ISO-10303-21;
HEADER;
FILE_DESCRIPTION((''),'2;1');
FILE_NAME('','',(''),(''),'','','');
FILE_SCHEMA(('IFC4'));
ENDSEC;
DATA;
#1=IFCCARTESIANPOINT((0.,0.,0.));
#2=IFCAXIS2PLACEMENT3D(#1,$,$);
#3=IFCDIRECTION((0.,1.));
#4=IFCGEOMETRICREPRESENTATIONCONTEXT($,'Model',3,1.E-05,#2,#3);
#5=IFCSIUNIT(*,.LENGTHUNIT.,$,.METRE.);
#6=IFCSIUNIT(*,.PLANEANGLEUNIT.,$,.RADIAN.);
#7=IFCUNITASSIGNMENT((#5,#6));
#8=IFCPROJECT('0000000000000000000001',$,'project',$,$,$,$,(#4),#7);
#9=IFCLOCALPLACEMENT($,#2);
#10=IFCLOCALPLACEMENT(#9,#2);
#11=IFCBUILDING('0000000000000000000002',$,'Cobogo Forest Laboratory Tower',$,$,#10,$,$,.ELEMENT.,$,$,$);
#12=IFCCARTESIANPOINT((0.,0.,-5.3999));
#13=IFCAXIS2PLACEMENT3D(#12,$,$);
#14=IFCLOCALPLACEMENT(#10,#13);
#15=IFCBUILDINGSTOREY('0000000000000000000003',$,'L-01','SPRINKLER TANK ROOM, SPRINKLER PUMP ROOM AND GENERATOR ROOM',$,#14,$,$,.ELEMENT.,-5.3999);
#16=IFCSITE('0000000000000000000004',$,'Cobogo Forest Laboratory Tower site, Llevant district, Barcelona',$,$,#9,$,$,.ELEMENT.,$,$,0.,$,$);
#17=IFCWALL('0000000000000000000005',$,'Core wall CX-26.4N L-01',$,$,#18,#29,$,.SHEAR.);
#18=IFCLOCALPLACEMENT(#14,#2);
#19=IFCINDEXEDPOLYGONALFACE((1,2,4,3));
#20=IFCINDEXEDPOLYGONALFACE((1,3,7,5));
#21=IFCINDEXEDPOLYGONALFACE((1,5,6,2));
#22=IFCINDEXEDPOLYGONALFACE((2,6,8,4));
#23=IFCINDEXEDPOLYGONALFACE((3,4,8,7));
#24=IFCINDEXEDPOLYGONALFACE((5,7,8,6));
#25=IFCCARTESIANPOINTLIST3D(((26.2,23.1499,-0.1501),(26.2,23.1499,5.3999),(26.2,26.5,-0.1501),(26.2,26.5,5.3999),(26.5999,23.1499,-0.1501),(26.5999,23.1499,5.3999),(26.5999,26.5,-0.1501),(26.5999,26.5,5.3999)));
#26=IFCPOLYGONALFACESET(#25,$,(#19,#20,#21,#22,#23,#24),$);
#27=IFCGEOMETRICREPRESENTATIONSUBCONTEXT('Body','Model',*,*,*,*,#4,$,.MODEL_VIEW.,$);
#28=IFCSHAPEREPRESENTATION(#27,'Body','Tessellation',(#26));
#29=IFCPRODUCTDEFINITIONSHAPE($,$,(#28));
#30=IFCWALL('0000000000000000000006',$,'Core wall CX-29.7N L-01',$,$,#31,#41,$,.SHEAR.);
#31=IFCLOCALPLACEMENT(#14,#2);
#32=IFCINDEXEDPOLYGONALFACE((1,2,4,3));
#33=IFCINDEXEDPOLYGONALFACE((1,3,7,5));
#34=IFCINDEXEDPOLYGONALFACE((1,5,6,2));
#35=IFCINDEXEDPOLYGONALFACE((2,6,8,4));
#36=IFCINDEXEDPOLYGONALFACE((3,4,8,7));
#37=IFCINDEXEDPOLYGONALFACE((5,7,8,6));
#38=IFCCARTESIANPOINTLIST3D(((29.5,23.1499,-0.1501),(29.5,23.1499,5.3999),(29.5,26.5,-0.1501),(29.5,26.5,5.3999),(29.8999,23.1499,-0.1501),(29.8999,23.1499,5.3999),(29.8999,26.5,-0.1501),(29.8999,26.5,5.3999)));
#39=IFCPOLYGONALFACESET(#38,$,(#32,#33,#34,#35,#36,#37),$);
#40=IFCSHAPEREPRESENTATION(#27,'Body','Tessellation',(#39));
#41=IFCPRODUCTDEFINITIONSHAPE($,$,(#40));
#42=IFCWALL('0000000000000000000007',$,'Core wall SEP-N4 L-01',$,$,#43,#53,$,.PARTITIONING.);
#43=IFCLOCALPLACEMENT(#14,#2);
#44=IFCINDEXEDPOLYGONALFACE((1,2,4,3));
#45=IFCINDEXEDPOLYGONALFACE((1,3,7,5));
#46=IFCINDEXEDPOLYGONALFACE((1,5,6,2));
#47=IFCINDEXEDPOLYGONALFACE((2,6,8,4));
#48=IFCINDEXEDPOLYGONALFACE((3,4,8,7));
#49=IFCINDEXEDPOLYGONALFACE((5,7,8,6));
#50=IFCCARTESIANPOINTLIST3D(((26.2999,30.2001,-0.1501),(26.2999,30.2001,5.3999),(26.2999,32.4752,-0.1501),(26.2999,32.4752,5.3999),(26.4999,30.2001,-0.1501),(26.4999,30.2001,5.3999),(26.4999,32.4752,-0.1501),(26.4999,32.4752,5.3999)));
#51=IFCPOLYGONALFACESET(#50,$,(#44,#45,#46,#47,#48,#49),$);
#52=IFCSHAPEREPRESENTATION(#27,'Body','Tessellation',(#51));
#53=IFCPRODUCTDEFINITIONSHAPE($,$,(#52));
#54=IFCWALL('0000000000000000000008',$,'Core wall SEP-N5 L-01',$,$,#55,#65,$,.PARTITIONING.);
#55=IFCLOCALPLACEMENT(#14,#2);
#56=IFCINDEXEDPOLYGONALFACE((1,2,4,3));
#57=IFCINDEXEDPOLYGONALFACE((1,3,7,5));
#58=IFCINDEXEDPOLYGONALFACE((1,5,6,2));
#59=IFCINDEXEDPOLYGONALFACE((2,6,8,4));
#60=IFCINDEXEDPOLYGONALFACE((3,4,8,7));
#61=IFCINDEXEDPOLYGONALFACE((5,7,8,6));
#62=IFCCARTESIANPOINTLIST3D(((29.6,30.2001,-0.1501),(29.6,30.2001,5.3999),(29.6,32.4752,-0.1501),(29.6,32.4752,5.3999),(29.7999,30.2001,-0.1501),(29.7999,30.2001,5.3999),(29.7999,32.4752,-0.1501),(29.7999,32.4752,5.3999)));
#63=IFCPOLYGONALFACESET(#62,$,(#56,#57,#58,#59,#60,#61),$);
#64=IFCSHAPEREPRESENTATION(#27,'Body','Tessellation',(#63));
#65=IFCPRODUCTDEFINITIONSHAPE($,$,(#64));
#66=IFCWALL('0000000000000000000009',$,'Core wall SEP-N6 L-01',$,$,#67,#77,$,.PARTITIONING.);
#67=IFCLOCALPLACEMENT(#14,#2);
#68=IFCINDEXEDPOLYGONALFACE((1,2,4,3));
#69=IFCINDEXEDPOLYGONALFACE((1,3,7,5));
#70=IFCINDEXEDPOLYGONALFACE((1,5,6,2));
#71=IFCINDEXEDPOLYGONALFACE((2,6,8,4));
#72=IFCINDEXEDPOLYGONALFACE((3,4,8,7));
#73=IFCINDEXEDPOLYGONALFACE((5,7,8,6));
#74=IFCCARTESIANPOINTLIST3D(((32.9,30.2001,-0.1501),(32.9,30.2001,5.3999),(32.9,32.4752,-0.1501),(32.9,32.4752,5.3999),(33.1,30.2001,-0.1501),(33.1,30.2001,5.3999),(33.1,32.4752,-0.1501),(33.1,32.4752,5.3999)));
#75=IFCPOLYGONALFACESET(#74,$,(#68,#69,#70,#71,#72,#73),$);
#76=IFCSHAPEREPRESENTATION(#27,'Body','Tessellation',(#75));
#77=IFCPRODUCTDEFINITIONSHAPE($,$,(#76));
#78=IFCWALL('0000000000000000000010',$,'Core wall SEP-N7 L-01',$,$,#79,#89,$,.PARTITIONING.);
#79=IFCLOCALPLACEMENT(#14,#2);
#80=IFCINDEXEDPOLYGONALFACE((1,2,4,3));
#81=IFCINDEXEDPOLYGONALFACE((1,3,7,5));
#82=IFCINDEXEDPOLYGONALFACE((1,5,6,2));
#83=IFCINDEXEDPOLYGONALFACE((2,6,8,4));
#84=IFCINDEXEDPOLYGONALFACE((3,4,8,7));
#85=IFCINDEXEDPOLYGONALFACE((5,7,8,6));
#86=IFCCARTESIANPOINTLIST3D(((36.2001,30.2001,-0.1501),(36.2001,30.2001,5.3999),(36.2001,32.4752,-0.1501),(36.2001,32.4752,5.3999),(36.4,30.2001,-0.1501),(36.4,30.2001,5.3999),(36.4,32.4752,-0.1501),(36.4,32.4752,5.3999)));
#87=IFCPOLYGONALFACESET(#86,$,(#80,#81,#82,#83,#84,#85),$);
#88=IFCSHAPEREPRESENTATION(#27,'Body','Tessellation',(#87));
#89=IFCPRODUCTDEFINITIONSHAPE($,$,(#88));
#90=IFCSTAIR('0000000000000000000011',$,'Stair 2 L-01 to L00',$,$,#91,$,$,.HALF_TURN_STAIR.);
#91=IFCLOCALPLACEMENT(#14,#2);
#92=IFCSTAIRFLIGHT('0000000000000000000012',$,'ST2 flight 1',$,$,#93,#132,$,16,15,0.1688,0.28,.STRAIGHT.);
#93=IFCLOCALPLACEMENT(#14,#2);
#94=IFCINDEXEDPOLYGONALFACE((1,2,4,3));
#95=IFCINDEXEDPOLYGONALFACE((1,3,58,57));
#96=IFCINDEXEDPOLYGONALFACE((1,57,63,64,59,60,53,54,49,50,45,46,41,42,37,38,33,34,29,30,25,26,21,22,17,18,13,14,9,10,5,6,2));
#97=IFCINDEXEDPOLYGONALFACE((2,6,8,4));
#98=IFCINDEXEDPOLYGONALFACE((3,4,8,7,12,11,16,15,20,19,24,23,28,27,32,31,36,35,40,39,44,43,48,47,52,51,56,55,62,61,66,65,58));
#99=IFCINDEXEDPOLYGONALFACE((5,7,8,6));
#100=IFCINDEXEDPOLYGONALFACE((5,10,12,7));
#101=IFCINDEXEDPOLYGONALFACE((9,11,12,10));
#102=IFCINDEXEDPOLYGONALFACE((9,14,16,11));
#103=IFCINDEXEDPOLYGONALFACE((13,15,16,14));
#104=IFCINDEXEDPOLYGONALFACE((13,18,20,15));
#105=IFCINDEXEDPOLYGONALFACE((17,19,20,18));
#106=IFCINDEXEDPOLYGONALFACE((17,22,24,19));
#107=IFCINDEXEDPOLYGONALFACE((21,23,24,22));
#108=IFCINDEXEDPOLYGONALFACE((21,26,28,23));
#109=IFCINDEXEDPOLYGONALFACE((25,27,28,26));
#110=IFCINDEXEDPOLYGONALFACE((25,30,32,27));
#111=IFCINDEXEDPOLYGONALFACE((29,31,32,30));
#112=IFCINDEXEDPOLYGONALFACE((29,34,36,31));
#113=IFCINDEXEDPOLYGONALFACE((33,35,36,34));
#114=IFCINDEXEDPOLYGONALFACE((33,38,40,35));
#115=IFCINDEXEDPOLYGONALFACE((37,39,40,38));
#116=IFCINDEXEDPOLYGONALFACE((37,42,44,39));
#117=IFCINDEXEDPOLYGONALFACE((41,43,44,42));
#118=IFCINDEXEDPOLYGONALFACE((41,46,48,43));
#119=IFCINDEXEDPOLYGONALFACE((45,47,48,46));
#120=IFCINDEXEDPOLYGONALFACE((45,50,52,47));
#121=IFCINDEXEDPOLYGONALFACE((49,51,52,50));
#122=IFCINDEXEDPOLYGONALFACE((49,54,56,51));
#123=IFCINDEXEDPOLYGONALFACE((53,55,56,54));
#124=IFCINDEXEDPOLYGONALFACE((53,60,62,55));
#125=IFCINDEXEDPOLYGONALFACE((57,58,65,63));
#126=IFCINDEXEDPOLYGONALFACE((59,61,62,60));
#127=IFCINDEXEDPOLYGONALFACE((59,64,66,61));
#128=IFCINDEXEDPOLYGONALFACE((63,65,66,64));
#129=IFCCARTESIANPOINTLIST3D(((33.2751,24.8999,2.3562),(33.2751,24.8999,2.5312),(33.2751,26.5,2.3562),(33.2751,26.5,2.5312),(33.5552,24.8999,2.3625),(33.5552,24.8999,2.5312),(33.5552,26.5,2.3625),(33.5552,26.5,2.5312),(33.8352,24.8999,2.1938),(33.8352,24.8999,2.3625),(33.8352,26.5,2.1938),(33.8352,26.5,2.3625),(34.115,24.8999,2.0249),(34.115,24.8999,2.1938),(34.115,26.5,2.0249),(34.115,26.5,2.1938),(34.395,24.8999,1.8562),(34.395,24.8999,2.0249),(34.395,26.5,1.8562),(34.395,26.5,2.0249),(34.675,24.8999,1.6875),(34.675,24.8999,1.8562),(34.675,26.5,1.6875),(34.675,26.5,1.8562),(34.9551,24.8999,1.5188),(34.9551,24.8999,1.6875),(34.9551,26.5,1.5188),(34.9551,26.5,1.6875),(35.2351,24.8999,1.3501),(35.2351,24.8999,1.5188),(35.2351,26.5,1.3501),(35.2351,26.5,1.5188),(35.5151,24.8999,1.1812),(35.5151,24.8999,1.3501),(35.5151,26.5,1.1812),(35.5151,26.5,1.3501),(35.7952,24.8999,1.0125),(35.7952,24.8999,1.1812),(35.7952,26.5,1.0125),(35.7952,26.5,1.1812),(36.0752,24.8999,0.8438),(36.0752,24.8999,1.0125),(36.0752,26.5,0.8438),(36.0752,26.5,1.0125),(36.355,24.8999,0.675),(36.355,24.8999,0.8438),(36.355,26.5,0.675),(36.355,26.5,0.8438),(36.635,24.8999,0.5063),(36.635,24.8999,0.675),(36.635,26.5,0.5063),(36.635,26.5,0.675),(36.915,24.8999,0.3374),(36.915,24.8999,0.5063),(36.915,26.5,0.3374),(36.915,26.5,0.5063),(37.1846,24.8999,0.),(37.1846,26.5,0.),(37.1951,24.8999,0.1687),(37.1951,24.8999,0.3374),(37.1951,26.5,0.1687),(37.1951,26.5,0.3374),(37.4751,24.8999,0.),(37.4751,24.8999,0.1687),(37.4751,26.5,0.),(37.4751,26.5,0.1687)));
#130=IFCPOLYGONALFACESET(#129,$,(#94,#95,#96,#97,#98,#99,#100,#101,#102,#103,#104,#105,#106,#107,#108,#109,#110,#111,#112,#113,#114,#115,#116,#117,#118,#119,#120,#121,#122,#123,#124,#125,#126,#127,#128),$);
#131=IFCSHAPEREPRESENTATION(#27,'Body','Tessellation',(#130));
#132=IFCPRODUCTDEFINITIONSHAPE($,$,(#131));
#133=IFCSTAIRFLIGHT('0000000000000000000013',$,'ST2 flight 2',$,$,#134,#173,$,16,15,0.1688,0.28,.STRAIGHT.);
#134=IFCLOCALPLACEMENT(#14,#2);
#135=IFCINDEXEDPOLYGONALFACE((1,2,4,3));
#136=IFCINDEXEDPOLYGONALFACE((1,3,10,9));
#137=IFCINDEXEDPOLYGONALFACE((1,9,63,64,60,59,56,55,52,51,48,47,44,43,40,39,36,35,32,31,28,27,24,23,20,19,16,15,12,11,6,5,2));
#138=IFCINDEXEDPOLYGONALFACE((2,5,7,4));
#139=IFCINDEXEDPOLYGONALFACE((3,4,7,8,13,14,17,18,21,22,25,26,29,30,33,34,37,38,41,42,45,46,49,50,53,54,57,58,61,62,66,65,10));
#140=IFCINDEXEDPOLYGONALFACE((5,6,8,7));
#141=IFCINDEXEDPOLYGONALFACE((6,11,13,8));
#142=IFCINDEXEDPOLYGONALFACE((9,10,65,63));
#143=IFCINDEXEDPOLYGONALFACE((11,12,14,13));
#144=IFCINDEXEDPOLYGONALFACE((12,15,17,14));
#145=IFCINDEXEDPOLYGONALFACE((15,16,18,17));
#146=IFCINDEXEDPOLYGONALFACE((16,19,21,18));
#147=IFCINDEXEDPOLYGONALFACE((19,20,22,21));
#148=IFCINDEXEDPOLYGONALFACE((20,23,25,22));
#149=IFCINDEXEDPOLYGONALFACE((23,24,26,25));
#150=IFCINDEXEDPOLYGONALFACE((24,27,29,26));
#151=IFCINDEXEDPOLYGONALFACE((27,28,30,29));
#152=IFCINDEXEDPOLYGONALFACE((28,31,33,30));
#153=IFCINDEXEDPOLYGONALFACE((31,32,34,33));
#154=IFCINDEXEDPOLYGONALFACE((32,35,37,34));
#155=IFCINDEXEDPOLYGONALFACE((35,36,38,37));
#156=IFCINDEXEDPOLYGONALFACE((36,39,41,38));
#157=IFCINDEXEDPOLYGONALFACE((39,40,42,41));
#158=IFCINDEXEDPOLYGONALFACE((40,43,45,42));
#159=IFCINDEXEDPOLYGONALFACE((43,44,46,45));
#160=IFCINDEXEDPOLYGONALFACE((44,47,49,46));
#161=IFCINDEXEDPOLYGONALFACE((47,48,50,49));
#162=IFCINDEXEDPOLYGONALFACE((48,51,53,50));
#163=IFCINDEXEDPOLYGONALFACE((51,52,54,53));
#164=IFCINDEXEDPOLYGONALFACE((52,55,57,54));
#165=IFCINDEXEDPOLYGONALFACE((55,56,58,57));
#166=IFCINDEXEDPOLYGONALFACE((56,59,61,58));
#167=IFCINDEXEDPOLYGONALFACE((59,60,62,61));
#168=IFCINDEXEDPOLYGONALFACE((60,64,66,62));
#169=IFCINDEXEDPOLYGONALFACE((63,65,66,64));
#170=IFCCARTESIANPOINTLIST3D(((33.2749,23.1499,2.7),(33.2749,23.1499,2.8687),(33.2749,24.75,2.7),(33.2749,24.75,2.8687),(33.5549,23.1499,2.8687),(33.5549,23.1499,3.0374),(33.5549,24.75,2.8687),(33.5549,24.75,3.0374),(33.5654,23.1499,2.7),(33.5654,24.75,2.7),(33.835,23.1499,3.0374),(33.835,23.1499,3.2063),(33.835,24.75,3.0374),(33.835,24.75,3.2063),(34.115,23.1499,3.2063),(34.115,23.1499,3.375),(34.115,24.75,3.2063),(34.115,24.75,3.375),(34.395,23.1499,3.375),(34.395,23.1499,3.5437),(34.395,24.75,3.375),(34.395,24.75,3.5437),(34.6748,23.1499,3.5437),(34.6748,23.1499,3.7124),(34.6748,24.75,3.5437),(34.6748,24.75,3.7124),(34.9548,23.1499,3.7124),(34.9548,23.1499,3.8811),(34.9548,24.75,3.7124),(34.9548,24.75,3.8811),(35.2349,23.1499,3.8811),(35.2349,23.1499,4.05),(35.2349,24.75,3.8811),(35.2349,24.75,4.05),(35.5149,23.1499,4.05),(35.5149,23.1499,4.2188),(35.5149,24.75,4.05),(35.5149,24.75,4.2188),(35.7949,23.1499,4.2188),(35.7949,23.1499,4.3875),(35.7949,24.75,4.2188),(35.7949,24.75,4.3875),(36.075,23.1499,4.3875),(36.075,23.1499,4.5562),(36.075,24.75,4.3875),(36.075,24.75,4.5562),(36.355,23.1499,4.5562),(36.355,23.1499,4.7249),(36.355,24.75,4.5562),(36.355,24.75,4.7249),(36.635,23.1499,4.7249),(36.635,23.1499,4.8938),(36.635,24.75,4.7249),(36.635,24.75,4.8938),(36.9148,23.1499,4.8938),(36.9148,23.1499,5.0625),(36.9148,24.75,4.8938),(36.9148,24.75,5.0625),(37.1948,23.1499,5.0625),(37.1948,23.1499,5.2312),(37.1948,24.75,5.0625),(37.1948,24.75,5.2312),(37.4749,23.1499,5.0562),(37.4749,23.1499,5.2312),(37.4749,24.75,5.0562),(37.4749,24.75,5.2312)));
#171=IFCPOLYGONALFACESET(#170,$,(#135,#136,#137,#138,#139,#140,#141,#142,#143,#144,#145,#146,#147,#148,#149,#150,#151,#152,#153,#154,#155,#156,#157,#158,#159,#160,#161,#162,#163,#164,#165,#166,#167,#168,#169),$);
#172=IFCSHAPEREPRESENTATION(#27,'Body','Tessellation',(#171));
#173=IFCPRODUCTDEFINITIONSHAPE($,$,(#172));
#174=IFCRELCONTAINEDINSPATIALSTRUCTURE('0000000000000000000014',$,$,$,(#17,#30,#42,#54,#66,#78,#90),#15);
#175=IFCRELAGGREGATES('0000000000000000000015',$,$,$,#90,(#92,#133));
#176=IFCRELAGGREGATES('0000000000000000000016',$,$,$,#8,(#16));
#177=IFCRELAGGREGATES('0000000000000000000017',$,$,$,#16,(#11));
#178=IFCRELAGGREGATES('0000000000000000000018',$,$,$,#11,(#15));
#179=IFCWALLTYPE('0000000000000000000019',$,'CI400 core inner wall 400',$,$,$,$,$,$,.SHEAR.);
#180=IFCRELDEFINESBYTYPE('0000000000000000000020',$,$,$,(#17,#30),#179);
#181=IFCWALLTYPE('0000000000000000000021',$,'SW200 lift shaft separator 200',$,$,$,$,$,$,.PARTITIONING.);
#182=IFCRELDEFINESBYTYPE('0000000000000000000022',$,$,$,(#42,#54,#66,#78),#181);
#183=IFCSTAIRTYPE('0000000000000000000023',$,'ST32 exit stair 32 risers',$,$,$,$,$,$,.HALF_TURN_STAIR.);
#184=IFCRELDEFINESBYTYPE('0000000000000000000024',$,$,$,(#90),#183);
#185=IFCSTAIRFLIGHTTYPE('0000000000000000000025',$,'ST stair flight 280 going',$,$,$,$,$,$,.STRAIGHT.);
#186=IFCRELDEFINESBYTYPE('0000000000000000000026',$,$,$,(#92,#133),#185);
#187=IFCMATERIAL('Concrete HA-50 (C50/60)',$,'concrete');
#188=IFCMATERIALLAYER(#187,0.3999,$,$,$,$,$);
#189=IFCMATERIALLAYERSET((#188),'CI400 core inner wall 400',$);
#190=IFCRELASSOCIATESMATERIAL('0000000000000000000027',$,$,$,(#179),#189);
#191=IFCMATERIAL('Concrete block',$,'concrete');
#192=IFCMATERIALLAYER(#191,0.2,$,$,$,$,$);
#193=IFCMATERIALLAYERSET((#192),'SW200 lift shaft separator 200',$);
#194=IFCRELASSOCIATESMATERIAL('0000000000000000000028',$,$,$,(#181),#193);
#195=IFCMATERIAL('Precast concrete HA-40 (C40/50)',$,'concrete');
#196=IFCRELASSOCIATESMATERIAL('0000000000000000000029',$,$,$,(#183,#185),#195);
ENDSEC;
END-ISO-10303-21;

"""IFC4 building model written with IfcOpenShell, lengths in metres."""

from ifc_helpers import new_model, si_unit, direction, frame, frame_2d, origin, place, context, subcontext, project, spatial, polyline, rectangle, outline, extrude, material, layer, layer_set, type_object, element, aggregate, save


model = new_model("IFC4")

# Units and contexts
model_context = context("Model", 3, precision=1e-05, world=origin(), true_north=direction((0.0, 1.0)))
body_context = subcontext(model_context, "Body", "Model", "MODEL_VIEW")
ifc_project = project(units=[si_unit("LENGTHUNIT", "METRE"), si_unit("PLANEANGLEUNIT", "RADIAN")], contexts=[model_context])

# Site, building, storey
site_placement = place(None, origin())
site = spatial("IfcSite", under=ifc_project, at=site_placement, Name="Cobogo Forest Laboratory Tower site, Llevant district, Barcelona", CompositionType="ELEMENT", RefElevation=0.0)
building_placement = place(site_placement, origin())
building = spatial("IfcBuilding", under=site, at=building_placement, Name="Cobogo Forest Laboratory Tower", CompositionType="ELEMENT")
storey_placement = place(building_placement, frame((0.0, 0.0, -5.3999)))
storey = spatial("IfcBuildingStorey", under=building, at=storey_placement, Name="L-01", Description="SPRINKLER TANK ROOM, SPRINKLER PUMP ROOM AND GENERATOR ROOM", CompositionType="ELEMENT", Elevation=-5.3999)

# Walls
ifc_material_1 = material(Name="Concrete HA-50 (C50/60)", Category="concrete")
ifc_layer_1 = layer(ifc_material_1, 0.3999)
ifc_layer_set_1 = layer_set([ifc_layer_1], Name="CI400 core inner wall 400")
wall_type_1 = type_object("IfcWallType", Name="CI400 core inner wall 400", PredefinedType="SHEAR", material=ifc_layer_set_1)
for number, where, z_axis, x_axis, name in (
    (1, (26.3999, 23.1499, -0.1501), (0.0, 0.0, 1.0), (0.0, 1.0, 0.0), "Core wall CX-26.4N L-01"),
    (2, (29.7, 23.1499, -0.1501), (0.0, 0.0, 1.0), (0.0, 1.0, 0.0), "Core wall CX-29.7N L-01"),
):
    element("IfcWall", number, at=place(storey_placement, frame(where, z_axis=z_axis, x_axis=x_axis)), inside=storey, type_object=wall_type_1, Name=name, PredefinedType="SHEAR", context=body_context, shape_type="SweptSolid", body=[
        extrude(rectangle(XDim=3.3501, YDim=0.3999, at=frame_2d((1.675, 0.0))), origin(), (0.0, 0.0, 1.0), 5.55),
    ])
ifc_material_2 = material(Name="Concrete block", Category="concrete")
ifc_layer_2 = layer(ifc_material_2, 0.2)
ifc_layer_set_2 = layer_set([ifc_layer_2], Name="SW200 lift shaft separator 200")
wall_type_2 = type_object("IfcWallType", Name="SW200 lift shaft separator 200", PredefinedType="PARTITIONING", material=ifc_layer_set_2)
for number, where, z_axis, x_axis, name in (
    (3, (26.3999, 30.2, -0.1501), (0.0, 0.0, 1.0), (0.0, 1.0, 0.0), "Core wall SEP-N4 L-01"),
    (4, (29.7, 30.2, -0.1501), (0.0, 0.0, 1.0), (0.0, 1.0, 0.0), "Core wall SEP-N5 L-01"),
    (5, (33.0, 30.2, -0.1501), (0.0, 0.0, 1.0), (0.0, 1.0, 0.0), "Core wall SEP-N6 L-01"),
    (6, (36.3, 30.2, -0.1501), (0.0, 0.0, 1.0), (0.0, 1.0, 0.0), "Core wall SEP-N7 L-01"),
):
    element("IfcWall", number, at=place(storey_placement, frame(where, z_axis=z_axis, x_axis=x_axis)), inside=storey, type_object=wall_type_2, Name=name, PredefinedType="PARTITIONING", context=body_context, shape_type="SweptSolid", body=[
        extrude(rectangle(XDim=2.2751, YDim=0.2, at=frame_2d((1.1377, 0.0))), origin(), (0.0, 0.0, 1.0), 5.55),
    ])

# Stair, stair flights
ifc_material_3 = material(Name="Precast concrete HA-40 (C40/50)", Category="concrete")
stair_type = type_object("IfcStairType", Name="ST32 exit stair 32 risers", PredefinedType="HALF_TURN_STAIR", material=ifc_material_3)
stair_placement = place(storey_placement, origin())
stair = element("IfcStair", 7, at=stair_placement, inside=storey, type_object=stair_type, Name="Stair 2 L-01 to L00", PredefinedType="HALF_TURN_STAIR")
stair_flight_type = type_object("IfcStairFlightType", Name="ST stair flight 280 going", PredefinedType="STRAIGHT", material=ifc_material_3)
stair_flight_1_placement = place(storey_placement, frame((37.4751, 25.7, 0.0), z_axis=(0.0, 0.0, 1.0), x_axis=(-1.0, 0.0, 0.0)))
stair_flight_1 = element("IfcStairFlight", 8, at=stair_flight_1_placement, type_object=stair_flight_type, Name="ST2 flight 1", NumberOfRisers=16, NumberOfTreads=15, PredefinedType="STRAIGHT", RiserHeight=0.1688, TreadLength=0.28, context=body_context, shape_type="SweptSolid", body=[
    extrude(outline(polyline([(0.0, 0.0), (0.0, 0.1687), (0.28, 0.1687), (0.28, 0.3374), (0.5601, 0.3374), (0.5601, 0.5063), (0.8401, 0.5063), (0.8401, 0.675), (1.1201, 0.675), (1.1201, 0.8438), (1.3999, 0.8438), (1.3999, 1.0125), (1.6799, 1.0125), (1.6799, 1.1812), (1.96, 1.1812), (1.96, 1.3501), (2.24, 1.3501), (2.24, 1.5188), (2.52, 1.5188), (2.52, 1.6875), (2.8, 1.6875), (2.8, 1.8562), (3.0801, 1.8562), (3.0801, 2.0249), (3.3601, 2.0249), (3.3601, 2.1938), (3.6399, 2.1938), (3.6399, 2.3625), (3.9199, 2.3625), (3.9199, 2.5312), (4.2, 2.5312), (4.2, 2.7), (4.2, 2.3562), (0.2905, 0.0), (0.0, 0.0)])), frame((0.0, 0.8, 0.0), z_axis=(0.0, -1.0, 0.0), x_axis=(1.0, 0.0, 0.0)), (0.0, 0.0, 1.0), 1.6001),
])
stair_flight_2_placement = place(storey_placement, frame((33.2749, 23.95, 2.7), z_axis=(0.0, 0.0, 1.0), x_axis=(1.0, 0.0, 0.0)))
stair_flight_2 = element("IfcStairFlight", 9, at=stair_flight_2_placement, type_object=stair_flight_type, Name="ST2 flight 2", NumberOfRisers=16, NumberOfTreads=15, PredefinedType="STRAIGHT", RiserHeight=0.1688, TreadLength=0.28, context=body_context, shape_type="SweptSolid", body=[
    extrude(outline(polyline([(0.0, 0.0), (0.0, 0.1687), (0.28, 0.1687), (0.28, 0.3374), (0.5601, 0.3374), (0.5601, 0.5063), (0.8401, 0.5063), (0.8401, 0.675), (1.1201, 0.675), (1.1201, 0.8438), (1.3999, 0.8438), (1.3999, 1.0125), (1.6799, 1.0125), (1.6799, 1.1812), (1.96, 1.1812), (1.96, 1.3501), (2.24, 1.3501), (2.24, 1.5188), (2.52, 1.5188), (2.52, 1.6875), (2.8, 1.6875), (2.8, 1.8562), (3.0801, 1.8562), (3.0801, 2.0249), (3.3601, 2.0249), (3.3601, 2.1938), (3.6399, 2.1938), (3.6399, 2.3625), (3.9199, 2.3625), (3.9199, 2.5312), (4.2, 2.5312), (4.2, 2.7), (4.2, 2.3562), (0.2905, 0.0), (0.0, 0.0)])), frame((0.0, 0.8, 0.0), z_axis=(0.0, -1.0, 0.0), x_axis=(1.0, 0.0, 0.0)), (0.0, 0.0, 1.0), 1.6001),
])
aggregate(stair, [stair_flight_1, stair_flight_2])

save(model, "model.ifc")
